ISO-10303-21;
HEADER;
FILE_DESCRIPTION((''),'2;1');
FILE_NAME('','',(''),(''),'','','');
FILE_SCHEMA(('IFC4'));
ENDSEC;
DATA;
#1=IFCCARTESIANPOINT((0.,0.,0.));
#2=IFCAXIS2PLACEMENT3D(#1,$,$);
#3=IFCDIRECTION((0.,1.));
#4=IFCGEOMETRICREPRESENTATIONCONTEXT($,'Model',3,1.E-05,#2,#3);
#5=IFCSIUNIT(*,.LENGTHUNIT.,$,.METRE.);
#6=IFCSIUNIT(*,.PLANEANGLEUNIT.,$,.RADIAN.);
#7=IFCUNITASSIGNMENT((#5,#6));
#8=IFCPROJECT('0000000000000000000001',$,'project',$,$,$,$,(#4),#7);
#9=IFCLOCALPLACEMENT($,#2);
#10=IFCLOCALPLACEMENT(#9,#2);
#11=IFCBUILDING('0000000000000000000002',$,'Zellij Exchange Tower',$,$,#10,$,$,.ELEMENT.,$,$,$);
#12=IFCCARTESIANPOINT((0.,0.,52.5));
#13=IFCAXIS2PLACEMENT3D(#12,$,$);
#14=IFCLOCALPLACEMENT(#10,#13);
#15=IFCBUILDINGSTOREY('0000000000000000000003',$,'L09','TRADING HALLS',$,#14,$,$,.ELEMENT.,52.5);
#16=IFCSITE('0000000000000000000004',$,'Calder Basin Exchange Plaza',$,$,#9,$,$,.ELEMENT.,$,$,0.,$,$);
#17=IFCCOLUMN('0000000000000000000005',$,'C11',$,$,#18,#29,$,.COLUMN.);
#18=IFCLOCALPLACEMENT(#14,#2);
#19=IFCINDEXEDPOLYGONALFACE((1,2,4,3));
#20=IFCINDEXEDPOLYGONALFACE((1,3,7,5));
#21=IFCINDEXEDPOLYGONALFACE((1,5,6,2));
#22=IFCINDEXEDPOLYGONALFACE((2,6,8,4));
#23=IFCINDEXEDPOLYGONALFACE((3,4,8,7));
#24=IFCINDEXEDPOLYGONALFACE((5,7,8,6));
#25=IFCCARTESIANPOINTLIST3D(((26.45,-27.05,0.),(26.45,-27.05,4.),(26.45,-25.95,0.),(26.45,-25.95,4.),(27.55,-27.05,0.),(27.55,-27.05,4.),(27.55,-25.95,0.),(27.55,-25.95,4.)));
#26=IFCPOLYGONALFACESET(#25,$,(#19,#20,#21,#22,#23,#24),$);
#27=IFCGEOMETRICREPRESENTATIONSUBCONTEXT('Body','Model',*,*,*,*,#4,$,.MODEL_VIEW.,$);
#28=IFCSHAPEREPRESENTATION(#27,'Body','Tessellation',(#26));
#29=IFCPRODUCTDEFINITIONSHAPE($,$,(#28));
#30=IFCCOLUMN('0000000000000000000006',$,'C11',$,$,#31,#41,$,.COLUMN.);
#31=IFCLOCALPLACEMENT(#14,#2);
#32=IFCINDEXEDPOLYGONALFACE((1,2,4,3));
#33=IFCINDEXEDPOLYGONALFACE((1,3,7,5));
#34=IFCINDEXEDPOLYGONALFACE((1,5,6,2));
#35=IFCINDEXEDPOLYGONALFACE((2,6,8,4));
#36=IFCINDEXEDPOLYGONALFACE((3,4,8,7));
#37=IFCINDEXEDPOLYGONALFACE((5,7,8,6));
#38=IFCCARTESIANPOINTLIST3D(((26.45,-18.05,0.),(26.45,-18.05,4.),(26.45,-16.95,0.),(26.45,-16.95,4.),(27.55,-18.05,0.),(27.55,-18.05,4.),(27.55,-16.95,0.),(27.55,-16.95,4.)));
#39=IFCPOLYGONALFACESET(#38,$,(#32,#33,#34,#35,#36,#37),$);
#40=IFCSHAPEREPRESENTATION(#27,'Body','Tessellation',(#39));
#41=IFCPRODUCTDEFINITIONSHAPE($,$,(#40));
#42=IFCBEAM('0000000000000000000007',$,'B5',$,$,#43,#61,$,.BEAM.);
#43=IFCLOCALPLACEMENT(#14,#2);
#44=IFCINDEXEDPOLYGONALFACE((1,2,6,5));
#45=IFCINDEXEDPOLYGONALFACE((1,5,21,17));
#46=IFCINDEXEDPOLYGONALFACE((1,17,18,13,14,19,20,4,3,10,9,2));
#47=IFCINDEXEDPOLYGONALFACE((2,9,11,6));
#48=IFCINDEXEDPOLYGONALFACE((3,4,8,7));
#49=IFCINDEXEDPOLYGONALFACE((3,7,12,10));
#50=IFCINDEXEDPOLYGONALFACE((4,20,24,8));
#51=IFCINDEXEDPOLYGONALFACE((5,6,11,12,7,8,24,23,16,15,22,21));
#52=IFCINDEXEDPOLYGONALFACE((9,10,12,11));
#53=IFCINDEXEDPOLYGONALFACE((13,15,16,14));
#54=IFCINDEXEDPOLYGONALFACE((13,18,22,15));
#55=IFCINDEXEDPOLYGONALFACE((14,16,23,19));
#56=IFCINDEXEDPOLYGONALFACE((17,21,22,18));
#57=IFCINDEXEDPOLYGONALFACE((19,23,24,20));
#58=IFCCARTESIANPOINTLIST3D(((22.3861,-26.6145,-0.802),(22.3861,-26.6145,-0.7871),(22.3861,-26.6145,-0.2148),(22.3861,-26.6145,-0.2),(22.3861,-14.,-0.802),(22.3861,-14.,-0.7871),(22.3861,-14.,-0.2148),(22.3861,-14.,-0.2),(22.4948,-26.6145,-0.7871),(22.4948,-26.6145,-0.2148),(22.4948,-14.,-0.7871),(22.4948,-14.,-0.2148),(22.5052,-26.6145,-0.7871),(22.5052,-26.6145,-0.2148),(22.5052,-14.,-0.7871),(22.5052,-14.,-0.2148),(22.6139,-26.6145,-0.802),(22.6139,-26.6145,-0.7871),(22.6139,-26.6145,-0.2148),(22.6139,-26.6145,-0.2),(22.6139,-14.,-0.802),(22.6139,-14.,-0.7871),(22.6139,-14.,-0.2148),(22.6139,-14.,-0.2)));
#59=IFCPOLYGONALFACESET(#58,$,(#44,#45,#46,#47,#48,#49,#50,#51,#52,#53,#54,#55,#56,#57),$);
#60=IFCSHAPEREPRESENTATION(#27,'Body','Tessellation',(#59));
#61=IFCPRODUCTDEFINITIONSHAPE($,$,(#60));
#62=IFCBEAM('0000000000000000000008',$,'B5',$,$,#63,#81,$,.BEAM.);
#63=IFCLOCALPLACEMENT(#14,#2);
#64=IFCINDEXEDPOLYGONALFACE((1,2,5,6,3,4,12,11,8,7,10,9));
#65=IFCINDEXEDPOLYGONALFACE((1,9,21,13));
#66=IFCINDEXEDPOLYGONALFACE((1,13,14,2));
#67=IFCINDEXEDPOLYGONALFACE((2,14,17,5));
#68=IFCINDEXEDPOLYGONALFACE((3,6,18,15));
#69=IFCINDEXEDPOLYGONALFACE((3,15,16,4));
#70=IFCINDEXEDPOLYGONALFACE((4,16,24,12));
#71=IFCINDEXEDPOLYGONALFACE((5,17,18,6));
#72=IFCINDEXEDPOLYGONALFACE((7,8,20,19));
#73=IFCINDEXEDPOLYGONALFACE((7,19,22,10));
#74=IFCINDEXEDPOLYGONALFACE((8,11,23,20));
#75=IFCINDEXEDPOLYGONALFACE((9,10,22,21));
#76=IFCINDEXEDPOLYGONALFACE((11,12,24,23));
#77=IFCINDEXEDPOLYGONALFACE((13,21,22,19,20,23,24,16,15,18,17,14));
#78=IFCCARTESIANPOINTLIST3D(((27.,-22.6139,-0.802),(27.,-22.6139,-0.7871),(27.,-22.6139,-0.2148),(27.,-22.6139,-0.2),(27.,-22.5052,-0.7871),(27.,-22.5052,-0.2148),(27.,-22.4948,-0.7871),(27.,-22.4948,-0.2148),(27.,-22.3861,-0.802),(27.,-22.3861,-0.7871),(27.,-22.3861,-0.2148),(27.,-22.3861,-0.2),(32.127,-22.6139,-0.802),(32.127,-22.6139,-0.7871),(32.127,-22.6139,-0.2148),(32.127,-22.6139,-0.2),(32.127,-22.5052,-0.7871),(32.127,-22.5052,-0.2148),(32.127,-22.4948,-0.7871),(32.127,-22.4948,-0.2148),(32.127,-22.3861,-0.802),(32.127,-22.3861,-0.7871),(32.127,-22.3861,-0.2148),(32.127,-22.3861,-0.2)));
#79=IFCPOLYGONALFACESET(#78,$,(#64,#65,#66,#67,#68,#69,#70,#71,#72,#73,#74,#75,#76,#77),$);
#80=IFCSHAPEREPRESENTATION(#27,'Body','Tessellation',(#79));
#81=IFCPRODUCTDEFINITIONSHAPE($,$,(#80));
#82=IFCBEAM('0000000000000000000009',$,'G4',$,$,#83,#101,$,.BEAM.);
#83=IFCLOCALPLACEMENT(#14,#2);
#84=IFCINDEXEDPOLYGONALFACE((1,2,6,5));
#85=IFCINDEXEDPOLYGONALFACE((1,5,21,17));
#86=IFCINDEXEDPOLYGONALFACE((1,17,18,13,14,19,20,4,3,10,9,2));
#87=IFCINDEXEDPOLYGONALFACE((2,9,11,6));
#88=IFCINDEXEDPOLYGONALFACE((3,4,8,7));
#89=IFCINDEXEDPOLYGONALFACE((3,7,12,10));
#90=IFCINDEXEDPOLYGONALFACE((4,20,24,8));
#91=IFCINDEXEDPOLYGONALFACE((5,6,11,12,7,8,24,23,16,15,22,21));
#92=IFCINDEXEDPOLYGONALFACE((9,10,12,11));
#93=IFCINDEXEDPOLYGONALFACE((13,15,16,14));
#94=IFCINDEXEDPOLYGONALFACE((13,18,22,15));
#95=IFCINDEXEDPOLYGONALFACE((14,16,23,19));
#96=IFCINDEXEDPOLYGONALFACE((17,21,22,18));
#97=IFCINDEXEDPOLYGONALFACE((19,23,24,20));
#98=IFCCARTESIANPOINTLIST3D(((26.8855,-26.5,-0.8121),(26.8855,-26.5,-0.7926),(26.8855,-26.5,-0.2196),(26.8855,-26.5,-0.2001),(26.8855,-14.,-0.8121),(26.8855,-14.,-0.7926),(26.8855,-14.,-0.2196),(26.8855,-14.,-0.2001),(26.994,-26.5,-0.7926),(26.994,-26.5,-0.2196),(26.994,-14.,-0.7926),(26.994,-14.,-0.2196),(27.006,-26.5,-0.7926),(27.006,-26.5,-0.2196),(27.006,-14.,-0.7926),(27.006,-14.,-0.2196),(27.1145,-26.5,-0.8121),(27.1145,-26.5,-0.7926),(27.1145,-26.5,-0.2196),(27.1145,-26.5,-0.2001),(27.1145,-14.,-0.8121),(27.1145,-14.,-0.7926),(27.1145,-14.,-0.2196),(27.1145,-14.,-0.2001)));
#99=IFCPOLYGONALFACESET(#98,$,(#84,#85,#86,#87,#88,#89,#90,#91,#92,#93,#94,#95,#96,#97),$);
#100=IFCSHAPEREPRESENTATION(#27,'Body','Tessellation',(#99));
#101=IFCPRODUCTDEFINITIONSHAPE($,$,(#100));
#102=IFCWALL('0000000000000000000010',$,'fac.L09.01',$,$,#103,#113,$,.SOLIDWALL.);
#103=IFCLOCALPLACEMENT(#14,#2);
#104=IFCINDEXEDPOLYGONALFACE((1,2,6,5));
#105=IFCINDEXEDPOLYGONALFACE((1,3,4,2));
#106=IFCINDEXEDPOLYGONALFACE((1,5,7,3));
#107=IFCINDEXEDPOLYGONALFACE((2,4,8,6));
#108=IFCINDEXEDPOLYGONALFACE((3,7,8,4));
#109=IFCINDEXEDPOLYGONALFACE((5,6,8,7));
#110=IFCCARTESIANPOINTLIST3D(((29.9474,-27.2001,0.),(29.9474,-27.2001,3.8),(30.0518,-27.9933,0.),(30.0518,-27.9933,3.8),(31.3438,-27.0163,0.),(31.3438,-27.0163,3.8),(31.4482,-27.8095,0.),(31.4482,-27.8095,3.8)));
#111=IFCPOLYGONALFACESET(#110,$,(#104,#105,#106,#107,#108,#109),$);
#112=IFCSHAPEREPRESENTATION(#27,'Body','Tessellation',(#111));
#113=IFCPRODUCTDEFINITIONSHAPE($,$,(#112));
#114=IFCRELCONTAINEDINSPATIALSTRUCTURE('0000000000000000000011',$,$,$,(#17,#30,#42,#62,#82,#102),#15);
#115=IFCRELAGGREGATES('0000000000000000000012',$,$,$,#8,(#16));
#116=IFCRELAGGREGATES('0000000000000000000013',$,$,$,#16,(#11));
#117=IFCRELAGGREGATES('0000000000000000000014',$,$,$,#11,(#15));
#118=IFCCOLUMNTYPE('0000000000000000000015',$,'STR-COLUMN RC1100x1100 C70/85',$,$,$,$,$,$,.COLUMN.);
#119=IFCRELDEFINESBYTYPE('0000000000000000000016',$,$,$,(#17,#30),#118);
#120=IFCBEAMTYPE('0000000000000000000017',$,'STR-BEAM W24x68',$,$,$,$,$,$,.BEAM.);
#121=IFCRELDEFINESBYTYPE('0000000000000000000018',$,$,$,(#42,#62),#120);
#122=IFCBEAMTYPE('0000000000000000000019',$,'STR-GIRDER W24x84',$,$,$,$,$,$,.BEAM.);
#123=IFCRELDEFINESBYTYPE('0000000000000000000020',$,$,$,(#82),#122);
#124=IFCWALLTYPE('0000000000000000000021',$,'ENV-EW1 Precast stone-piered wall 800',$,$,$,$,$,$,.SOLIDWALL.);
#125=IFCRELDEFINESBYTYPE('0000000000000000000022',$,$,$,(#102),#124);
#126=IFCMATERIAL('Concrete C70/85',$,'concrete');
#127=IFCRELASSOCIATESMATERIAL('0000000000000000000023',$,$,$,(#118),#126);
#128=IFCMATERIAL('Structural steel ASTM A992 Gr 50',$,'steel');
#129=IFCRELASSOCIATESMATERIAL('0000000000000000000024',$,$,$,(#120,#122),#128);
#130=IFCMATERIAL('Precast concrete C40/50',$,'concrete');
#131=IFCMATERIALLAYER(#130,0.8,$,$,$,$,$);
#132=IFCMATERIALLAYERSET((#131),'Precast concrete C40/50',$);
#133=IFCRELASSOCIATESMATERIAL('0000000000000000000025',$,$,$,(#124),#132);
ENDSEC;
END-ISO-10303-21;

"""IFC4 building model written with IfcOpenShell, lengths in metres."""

from ifc_helpers import new_model, si_unit, direction, frame, frame_2d, origin, origin_2d, place, context, subcontext, project, spatial, rectangle, i_section, extrude, material, layer, layer_set, material_profile, profile_set, type_object, element, save


model = new_model("IFC4")

# Units and contexts
model_context = context("Model", 3, precision=1e-05, world=origin(), true_north=direction((0.0, 1.0)))
body_context = subcontext(model_context, "Body", "Model", "MODEL_VIEW")
ifc_project = project(units=[si_unit("LENGTHUNIT", "METRE"), si_unit("PLANEANGLEUNIT", "RADIAN")], contexts=[model_context])

# Site, building, storey
site_placement = place(None, origin())
site = spatial("IfcSite", under=ifc_project, at=site_placement, Name="Calder Basin Exchange Plaza", CompositionType="ELEMENT", RefElevation=0.0)
building_placement = place(site_placement, origin())
building = spatial("IfcBuilding", under=site, at=building_placement, Name="Zellij Exchange Tower", CompositionType="ELEMENT")
storey_placement = place(building_placement, frame((0.0, 0.0, 52.5)))
storey = spatial("IfcBuildingStorey", under=building, at=storey_placement, Name="L09", Description="TRADING HALLS", CompositionType="ELEMENT", Elevation=52.5)

# Columns
ifc_material_1 = material(Name="Concrete C70/85", Category="concrete")
ifc_material_profile_1 = material_profile(ifc_material_1, rectangle(XDim=1.1001, YDim=1.1001, at=origin_2d()), Name="STR-COLUMN RC1100x1100 C70/85")
ifc_profile_set_1 = profile_set([ifc_material_profile_1], Name="Concrete C70/85")
column_type = type_object("IfcColumnType", Name="STR-COLUMN RC1100x1100 C70/85", PredefinedType="COLUMN", material=ifc_profile_set_1)
for number, where, z_axis, x_axis, name in (
    (1, (27.0, -26.5, 0.0), (0.0, 0.0, 1.0), (1.0, 0.0, 0.0), "C11"),
    (2, (27.0, -17.5, 0.0), (0.0, 0.0, 1.0), (1.0, 0.0, 0.0), "C11"),
):
    element("IfcColumn", number, at=place(storey_placement, frame(where, z_axis=z_axis, x_axis=x_axis)), inside=storey, type_object=column_type, Name=name, PredefinedType="COLUMN", context=body_context, shape_type="SweptSolid", body=[
        extrude(rectangle(XDim=1.1001, YDim=1.1001, at=origin_2d()), origin(), (0.0, 0.0, 1.0), 4.0),
    ])

# Beams
ifc_material_2 = material(Name="Structural steel ASTM A992 Gr 50", Category="steel")
ifc_material_profile_2 = material_profile(ifc_material_2, i_section(OverallWidth=0.2278, OverallDepth=0.6021, WebThickness=0.0105, FlangeThickness=0.0149, at=origin_2d()), Name="W24x68")
ifc_profile_set_2 = profile_set([ifc_material_profile_2], Name="Structural steel ASTM A992 Gr 50")
beam_type_1 = type_object("IfcBeamType", Name="STR-BEAM W24x68", PredefinedType="BEAM", material=ifc_profile_set_2)
beam_1_placement = place(storey_placement, frame((22.5, -26.6145, -0.501), z_axis=(0.0, 1.0, 0.0), x_axis=(-1.0, 0.0, 0.0)))
element("IfcBeam", 3, at=beam_1_placement, inside=storey, type_object=beam_type_1, Name="B5", PredefinedType="BEAM", context=body_context, shape_type="SweptSolid", body=[
    extrude(i_section(OverallWidth=0.2278, OverallDepth=0.6021, WebThickness=0.0105, FlangeThickness=0.0149, at=origin_2d()), origin(), (0.0, 0.0, 1.0), 12.6145),
])
beam_2_placement = place(storey_placement, frame((27.0, -22.5, -0.501), z_axis=(1.0, 0.0, 0.0), x_axis=(0.0, 1.0, 0.0)))
element("IfcBeam", 4, at=beam_2_placement, inside=storey, type_object=beam_type_1, Name="B5", PredefinedType="BEAM", context=body_context, shape_type="SweptSolid", body=[
    extrude(i_section(OverallWidth=0.2278, OverallDepth=0.6021, WebThickness=0.0105, FlangeThickness=0.0149, at=origin_2d()), origin(), (0.0, 0.0, 1.0), 5.127),
])
ifc_material_profile_3 = material_profile(ifc_material_2, i_section(OverallWidth=0.229, OverallDepth=0.6121, WebThickness=0.012, FlangeThickness=0.0195, at=origin_2d()), Name="W24x84")
ifc_profile_set_3 = profile_set([ifc_material_profile_3], Name="Structural steel ASTM A992 Gr 50")
beam_type_2 = type_object("IfcBeamType", Name="STR-GIRDER W24x84", PredefinedType="BEAM", material=ifc_profile_set_3)
beam_3_placement = place(storey_placement, frame((27.0, -26.5, -0.5061), z_axis=(0.0, 1.0, 0.0), x_axis=(-1.0, 0.0, 0.0)))
element("IfcBeam", 5, at=beam_3_placement, inside=storey, type_object=beam_type_2, Name="G4", PredefinedType="BEAM", context=body_context, shape_type="SweptSolid", body=[
    extrude(i_section(OverallWidth=0.229, OverallDepth=0.6121, WebThickness=0.012, FlangeThickness=0.0195, at=origin_2d()), origin(), (0.0, 0.0, 1.0), 12.5),
])

# Wall
ifc_material_3 = material(Name="Precast concrete C40/50", Category="concrete")
ifc_layer_1 = layer(ifc_material_3, 0.8)
ifc_layer_set_1 = layer_set([ifc_layer_1], Name="Precast concrete C40/50")
wall_type = type_object("IfcWallType", Name="ENV-EW1 Precast stone-piered wall 800", PredefinedType="SOLIDWALL", material=ifc_layer_set_1)
wall_placement = place(storey_placement, frame((29.9998, -27.5967, 0.0), z_axis=(0.0, 0.0, 1.0), x_axis=(0.991446, 0.130517, 0.0)))
element("IfcWall", 6, at=wall_placement, inside=storey, type_object=wall_type, Name="fac.L09.01", PredefinedType="SOLIDWALL", context=body_context, shape_type="SweptSolid", body=[
    extrude(rectangle(XDim=1.4084, YDim=0.8, at=frame_2d((0.7041, 0.0))), origin(), (0.0, 0.0, 1.0), 3.8),
])

save(model, "model.ifc")
